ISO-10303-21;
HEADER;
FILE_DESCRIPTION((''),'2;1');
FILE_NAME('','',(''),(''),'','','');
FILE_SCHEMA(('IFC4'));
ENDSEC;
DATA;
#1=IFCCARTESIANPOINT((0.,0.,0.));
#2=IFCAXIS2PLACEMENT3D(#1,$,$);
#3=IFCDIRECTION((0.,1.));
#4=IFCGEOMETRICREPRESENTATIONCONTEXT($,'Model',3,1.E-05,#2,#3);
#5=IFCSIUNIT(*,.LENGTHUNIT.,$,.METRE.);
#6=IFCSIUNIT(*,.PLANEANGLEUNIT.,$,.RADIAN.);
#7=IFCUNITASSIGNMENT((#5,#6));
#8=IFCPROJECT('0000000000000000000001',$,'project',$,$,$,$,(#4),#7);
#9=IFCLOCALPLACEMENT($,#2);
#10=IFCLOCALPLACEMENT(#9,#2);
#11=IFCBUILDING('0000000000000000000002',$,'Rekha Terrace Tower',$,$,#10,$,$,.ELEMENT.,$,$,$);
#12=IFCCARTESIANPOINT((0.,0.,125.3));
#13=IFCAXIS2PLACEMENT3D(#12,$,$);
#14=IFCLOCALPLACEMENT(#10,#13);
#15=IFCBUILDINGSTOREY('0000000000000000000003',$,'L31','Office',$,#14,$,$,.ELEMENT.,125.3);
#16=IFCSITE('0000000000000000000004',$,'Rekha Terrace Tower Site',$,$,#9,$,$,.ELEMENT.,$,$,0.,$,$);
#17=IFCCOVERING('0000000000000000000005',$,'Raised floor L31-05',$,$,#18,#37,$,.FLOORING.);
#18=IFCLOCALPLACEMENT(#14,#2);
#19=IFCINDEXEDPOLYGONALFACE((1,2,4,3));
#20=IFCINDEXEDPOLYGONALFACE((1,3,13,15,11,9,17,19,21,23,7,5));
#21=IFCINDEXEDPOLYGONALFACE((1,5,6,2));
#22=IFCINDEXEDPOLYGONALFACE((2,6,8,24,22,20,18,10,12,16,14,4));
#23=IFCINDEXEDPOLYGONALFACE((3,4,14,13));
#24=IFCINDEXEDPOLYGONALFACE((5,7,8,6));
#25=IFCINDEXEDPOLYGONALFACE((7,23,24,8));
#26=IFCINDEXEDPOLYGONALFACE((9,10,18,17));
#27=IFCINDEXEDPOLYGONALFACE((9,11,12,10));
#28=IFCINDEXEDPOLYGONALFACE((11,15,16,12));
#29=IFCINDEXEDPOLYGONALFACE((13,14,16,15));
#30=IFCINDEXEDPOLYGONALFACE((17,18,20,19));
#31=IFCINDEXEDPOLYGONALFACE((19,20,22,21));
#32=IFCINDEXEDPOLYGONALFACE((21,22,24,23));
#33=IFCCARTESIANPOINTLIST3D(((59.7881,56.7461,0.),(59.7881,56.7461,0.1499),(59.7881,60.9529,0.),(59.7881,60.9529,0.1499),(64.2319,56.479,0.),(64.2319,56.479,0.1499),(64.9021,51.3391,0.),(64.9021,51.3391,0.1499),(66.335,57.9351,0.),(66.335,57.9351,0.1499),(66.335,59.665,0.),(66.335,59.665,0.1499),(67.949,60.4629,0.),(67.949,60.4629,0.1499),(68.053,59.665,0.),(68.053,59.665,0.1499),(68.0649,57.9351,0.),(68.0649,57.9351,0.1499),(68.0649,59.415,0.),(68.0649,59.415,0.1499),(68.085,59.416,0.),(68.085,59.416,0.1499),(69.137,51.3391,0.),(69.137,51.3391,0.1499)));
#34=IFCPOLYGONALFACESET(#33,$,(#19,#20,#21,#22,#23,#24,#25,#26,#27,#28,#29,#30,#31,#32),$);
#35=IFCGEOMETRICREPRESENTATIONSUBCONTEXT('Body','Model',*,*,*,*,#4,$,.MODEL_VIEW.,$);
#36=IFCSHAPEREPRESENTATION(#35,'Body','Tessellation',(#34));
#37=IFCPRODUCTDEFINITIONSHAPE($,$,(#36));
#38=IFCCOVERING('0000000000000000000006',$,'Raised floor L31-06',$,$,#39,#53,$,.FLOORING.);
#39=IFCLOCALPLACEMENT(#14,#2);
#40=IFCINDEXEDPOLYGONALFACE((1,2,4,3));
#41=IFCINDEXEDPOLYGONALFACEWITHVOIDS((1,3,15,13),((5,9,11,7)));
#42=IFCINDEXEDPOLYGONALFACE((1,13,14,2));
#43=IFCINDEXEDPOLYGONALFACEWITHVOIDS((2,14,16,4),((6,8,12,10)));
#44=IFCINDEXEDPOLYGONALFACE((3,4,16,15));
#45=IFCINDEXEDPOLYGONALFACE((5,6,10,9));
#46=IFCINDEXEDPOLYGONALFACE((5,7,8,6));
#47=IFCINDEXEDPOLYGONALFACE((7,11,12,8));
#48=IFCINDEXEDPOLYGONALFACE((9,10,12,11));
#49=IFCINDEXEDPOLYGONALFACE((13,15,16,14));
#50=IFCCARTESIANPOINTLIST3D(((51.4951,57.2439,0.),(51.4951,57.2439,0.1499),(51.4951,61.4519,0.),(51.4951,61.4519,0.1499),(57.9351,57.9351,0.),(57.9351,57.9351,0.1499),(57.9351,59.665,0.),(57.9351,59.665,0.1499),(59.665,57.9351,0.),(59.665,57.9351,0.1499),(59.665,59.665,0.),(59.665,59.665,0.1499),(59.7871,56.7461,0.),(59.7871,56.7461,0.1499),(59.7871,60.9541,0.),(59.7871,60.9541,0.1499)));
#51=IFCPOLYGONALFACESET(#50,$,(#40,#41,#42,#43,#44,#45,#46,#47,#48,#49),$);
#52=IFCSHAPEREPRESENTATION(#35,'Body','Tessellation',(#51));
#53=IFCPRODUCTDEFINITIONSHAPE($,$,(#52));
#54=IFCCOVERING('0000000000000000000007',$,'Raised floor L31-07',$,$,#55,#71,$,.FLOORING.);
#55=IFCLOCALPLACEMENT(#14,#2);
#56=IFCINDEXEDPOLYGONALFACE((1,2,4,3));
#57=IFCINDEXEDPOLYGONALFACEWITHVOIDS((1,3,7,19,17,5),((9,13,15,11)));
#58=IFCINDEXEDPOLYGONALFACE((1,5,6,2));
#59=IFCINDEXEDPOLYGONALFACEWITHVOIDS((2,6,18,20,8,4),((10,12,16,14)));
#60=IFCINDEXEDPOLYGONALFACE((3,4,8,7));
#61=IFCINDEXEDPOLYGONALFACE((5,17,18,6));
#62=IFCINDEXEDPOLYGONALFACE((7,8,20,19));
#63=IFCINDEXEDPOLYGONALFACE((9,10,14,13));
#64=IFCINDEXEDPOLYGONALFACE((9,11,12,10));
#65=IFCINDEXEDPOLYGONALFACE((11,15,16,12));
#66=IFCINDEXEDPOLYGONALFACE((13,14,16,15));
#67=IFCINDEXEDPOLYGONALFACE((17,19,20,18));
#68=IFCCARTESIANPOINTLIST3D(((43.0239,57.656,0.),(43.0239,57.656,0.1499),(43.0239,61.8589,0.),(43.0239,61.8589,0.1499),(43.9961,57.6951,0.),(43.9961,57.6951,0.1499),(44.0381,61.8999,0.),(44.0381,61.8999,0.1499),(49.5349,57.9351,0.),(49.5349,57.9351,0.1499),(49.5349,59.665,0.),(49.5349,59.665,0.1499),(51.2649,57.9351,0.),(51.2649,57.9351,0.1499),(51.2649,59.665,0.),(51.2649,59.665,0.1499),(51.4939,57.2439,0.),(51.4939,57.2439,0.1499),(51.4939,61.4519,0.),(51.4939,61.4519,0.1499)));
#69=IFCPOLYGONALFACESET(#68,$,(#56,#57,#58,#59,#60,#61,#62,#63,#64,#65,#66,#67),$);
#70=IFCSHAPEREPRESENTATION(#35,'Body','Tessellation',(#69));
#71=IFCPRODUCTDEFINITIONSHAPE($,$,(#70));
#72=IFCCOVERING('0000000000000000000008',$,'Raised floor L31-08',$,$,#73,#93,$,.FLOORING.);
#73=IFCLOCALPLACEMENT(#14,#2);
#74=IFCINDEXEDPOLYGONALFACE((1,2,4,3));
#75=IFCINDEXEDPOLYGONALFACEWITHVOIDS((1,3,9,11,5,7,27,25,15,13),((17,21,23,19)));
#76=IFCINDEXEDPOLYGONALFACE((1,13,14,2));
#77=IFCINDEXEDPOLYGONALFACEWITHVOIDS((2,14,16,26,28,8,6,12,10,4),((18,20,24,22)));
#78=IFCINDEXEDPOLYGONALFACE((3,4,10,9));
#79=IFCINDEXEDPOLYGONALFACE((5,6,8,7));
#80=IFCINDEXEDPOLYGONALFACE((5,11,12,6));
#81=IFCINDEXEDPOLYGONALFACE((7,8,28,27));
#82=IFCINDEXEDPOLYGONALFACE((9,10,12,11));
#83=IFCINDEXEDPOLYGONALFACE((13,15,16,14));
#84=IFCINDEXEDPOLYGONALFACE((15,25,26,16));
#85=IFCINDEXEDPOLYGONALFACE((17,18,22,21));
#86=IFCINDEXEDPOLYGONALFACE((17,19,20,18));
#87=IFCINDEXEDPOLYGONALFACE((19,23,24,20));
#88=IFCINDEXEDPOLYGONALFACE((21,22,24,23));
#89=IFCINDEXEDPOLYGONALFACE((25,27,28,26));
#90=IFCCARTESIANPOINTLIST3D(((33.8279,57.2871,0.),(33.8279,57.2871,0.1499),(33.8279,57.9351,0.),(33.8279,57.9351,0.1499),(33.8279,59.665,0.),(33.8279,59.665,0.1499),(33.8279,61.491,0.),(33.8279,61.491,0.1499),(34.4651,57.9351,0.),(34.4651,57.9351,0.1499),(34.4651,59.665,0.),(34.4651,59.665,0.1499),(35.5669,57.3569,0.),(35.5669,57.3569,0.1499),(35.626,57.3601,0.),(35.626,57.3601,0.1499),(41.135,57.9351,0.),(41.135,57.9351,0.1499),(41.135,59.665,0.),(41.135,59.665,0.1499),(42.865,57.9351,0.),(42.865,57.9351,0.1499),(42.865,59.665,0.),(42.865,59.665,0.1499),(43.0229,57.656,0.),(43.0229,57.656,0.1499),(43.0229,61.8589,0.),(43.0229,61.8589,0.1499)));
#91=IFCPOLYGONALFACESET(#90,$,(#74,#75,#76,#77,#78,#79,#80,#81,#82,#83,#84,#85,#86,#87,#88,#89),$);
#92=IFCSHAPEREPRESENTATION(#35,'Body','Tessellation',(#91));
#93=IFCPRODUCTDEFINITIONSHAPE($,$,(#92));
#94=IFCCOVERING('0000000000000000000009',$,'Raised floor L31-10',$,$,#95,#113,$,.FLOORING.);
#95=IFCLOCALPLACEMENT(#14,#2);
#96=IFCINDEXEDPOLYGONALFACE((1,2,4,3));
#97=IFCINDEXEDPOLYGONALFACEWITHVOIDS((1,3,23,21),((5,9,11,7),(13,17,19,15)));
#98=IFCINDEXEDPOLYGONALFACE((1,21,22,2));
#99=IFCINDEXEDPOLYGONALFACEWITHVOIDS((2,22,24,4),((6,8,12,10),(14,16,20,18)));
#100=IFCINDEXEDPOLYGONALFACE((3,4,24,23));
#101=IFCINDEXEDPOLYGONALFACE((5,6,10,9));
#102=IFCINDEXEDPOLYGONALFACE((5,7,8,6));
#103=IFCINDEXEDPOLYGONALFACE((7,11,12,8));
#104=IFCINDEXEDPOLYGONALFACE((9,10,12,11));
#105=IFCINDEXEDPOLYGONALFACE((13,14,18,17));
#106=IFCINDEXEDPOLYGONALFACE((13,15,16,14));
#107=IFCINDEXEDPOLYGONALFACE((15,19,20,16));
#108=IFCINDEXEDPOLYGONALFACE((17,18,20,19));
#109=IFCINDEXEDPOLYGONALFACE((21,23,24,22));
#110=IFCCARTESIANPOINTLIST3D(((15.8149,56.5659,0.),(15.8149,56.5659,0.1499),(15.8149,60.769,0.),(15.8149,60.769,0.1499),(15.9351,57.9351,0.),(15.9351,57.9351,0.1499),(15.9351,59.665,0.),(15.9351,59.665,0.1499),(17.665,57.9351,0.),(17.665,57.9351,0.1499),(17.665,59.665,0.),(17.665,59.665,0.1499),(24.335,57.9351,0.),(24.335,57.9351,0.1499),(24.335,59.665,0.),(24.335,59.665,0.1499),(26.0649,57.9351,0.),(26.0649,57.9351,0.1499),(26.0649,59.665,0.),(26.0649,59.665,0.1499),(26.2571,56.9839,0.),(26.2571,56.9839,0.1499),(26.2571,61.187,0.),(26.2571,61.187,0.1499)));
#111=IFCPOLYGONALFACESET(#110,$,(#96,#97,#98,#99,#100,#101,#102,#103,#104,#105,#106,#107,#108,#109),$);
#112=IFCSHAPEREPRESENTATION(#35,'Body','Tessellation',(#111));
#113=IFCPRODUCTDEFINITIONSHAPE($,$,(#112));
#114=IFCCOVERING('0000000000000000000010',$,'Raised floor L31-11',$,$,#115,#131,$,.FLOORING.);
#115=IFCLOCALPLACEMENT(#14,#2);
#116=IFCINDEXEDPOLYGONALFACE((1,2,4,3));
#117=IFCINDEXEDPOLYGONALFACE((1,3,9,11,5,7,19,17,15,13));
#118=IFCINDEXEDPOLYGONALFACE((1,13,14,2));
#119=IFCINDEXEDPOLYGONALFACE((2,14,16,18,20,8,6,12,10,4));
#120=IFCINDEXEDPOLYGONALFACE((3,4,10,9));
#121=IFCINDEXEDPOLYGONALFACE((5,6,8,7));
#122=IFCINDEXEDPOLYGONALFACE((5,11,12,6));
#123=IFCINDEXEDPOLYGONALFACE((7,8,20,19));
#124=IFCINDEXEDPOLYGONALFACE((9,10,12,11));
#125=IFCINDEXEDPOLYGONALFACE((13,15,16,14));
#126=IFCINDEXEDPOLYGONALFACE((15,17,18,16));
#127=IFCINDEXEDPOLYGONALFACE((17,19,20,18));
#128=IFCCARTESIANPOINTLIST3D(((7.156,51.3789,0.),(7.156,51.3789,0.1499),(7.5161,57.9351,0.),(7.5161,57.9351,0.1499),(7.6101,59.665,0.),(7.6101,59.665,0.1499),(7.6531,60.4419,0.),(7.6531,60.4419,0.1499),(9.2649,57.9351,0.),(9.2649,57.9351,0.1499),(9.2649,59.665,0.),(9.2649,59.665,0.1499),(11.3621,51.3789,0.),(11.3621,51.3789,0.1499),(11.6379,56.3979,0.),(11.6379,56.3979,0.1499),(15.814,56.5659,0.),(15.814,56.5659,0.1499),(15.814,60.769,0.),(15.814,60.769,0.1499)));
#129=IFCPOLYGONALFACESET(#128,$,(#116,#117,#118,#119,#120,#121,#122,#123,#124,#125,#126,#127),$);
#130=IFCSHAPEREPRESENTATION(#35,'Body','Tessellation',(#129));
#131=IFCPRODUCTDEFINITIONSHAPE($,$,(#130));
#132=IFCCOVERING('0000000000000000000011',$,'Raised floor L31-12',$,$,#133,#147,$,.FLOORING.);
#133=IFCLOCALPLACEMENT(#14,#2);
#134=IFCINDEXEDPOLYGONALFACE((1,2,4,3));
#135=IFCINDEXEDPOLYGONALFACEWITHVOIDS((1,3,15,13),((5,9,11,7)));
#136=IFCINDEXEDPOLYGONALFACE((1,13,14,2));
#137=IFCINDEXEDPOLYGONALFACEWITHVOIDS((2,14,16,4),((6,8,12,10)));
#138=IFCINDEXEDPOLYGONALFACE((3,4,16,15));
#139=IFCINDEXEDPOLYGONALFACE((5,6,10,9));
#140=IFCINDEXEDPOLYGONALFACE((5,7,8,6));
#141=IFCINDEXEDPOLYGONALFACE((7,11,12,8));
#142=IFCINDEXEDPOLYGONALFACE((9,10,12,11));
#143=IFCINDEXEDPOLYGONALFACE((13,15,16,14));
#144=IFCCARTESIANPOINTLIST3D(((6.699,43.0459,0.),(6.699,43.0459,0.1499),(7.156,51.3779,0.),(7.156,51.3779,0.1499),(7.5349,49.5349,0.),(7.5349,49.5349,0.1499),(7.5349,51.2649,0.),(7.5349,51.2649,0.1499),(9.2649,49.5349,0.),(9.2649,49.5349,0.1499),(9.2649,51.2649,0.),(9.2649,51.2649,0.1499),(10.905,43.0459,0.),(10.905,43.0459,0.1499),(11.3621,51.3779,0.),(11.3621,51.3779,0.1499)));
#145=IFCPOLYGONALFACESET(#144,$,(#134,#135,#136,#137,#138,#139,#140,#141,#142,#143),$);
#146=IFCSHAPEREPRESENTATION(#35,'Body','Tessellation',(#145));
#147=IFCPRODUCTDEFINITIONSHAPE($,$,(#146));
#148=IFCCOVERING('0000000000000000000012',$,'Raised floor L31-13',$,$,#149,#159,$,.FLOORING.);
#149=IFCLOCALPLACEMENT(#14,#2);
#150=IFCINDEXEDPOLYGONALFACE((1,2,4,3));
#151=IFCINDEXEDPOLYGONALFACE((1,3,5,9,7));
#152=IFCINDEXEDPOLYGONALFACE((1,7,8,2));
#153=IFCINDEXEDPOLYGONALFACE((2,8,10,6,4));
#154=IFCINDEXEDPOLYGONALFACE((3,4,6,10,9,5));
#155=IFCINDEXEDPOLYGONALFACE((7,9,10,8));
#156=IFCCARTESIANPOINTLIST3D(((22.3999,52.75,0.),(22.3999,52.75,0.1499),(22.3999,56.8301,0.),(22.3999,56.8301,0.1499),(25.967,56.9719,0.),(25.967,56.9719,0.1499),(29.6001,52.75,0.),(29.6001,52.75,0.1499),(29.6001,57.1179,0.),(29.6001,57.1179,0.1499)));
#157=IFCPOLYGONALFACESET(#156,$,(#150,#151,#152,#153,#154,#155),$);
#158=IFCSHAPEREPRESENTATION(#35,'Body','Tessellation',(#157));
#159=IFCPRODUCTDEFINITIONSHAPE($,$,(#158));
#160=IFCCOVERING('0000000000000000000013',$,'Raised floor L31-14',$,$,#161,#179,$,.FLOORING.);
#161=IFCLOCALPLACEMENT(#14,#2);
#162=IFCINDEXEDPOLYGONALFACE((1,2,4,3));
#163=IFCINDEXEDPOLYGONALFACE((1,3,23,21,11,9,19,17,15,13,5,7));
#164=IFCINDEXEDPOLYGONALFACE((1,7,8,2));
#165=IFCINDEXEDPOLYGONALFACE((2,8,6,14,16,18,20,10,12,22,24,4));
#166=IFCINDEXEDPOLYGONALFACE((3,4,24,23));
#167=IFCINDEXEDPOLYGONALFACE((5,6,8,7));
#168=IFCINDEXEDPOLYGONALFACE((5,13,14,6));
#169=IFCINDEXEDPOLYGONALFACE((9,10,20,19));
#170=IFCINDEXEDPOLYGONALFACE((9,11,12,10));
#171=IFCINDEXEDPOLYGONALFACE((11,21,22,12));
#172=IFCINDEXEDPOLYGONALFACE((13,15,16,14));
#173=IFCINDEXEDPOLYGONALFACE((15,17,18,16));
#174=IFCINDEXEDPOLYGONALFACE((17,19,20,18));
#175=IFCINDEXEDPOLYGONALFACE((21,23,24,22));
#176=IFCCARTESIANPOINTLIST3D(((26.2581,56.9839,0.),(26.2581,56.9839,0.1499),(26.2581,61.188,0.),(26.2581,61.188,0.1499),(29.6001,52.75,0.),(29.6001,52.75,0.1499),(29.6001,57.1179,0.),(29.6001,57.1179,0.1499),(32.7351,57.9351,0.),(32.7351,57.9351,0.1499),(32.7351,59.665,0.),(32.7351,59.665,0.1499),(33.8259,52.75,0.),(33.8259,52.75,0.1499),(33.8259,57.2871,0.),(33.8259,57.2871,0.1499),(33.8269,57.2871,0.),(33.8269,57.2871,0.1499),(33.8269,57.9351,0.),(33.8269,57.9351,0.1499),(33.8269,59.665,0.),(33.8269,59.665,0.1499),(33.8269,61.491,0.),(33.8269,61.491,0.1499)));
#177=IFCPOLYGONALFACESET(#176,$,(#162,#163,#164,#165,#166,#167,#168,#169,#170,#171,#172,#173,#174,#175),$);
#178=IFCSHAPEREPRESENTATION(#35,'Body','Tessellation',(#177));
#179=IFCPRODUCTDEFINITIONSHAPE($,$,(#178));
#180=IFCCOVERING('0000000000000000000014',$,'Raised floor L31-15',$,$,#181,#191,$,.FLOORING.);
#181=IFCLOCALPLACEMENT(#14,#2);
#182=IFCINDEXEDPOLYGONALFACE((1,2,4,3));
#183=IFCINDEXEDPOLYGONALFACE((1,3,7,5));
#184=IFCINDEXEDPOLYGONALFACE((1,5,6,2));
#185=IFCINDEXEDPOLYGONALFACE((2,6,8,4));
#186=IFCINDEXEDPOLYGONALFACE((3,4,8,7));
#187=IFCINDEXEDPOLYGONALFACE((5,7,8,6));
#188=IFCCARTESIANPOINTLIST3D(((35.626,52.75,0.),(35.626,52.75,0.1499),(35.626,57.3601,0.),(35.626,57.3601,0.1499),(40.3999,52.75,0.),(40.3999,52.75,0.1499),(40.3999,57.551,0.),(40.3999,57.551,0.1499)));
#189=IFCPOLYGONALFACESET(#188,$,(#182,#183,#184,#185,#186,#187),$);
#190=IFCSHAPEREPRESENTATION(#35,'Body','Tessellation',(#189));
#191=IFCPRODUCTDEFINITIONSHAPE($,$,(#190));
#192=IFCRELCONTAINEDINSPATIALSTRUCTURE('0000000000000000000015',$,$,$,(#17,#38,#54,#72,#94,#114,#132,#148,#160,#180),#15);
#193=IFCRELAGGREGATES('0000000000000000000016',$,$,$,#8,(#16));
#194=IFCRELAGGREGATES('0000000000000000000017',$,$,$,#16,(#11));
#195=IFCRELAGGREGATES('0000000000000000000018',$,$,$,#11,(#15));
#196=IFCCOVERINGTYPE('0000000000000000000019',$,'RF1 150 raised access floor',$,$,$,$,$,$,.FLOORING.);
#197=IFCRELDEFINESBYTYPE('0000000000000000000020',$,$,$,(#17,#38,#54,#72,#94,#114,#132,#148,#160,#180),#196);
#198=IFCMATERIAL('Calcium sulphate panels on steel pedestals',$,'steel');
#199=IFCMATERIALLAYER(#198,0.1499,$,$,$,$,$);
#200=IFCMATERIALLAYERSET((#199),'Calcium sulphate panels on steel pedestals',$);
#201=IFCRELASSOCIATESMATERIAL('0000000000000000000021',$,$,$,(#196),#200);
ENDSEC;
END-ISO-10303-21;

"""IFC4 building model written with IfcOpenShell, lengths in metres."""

from ifc_helpers import new_model, si_unit, direction, frame, origin, place, context, subcontext, project, spatial, polyline, outline, extrude, material, layer, layer_set, type_object, element, save


model = new_model("IFC4")

# Units and contexts
model_context = context("Model", 3, precision=1e-05, world=origin(), true_north=direction((0.0, 1.0)))
body_context = subcontext(model_context, "Body", "Model", "MODEL_VIEW")
ifc_project = project(units=[si_unit("LENGTHUNIT", "METRE"), si_unit("PLANEANGLEUNIT", "RADIAN")], contexts=[model_context])

# Site, building, storey
site_placement = place(None, origin())
site = spatial("IfcSite", under=ifc_project, at=site_placement, Name="Rekha Terrace Tower Site", CompositionType="ELEMENT", RefElevation=0.0)
building_placement = place(site_placement, origin())
building = spatial("IfcBuilding", under=site, at=building_placement, Name="Rekha Terrace Tower", CompositionType="ELEMENT")
storey_placement = place(building_placement, frame((0.0, 0.0, 125.3)))
storey = spatial("IfcBuildingStorey", under=building, at=storey_placement, Name="L31", Description="Office", CompositionType="ELEMENT", Elevation=125.3)

# Coverings
ifc_material_1 = material(Name="Calcium sulphate panels on steel pedestals", Category="steel")
ifc_layer_1 = layer(ifc_material_1, 0.1499)
ifc_layer_set_1 = layer_set([ifc_layer_1], Name="Calcium sulphate panels on steel pedestals")
covering_type_1 = type_object("IfcCoveringType", Name="RF1 150 raised access floor", PredefinedType="FLOORING", material=ifc_layer_set_1)
covering_1_placement = place(storey_placement, origin())
element("IfcCovering", 1, at=covering_1_placement, inside=storey, type_object=covering_type_1, Name="Raised floor L31-05", PredefinedType="FLOORING", context=body_context, shape_type="SweptSolid", body=[
    extrude(outline(polyline([(67.949, 60.4629), (59.7881, 60.9529), (59.7881, 56.7461), (64.2319, 56.479), (64.9021, 51.3391), (69.137, 51.3391), (68.085, 59.416), (68.0649, 59.415), (68.0649, 57.9351), (66.335, 57.9351), (66.335, 59.665), (68.053, 59.665), (67.949, 60.4629)])), origin(), (0.0, 0.0, 1.0), 0.1499),
])
covering_2_placement = place(storey_placement, origin())
element("IfcCovering", 2, at=covering_2_placement, inside=storey, type_object=covering_type_1, Name="Raised floor L31-06", PredefinedType="FLOORING", context=body_context, shape_type="SweptSolid", body=[
    extrude(outline(polyline([(59.7871, 56.7461), (59.7871, 60.9541), (51.4951, 61.4519), (51.4951, 57.2439), (59.7871, 56.7461)]), holes=[polyline([(59.665, 57.9351), (57.9351, 57.9351), (57.9351, 59.665), (59.665, 59.665), (59.665, 57.9351)])]), origin(), (0.0, 0.0, 1.0), 0.1499),
])
covering_3_placement = place(storey_placement, origin())
element("IfcCovering", 3, at=covering_3_placement, inside=storey, type_object=covering_type_1, Name="Raised floor L31-07", PredefinedType="FLOORING", context=body_context, shape_type="SweptSolid", body=[
    extrude(outline(polyline([(44.0381, 61.8999), (43.0239, 61.8589), (43.0239, 57.656), (43.9961, 57.6951), (51.4939, 57.2439), (51.4939, 61.4519), (44.0381, 61.8999)]), holes=[polyline([(51.2649, 57.9351), (49.5349, 57.9351), (49.5349, 59.665), (51.2649, 59.665), (51.2649, 57.9351)])]), origin(), (0.0, 0.0, 1.0), 0.1499),
])
covering_4_placement = place(storey_placement, origin())
element("IfcCovering", 4, at=covering_4_placement, inside=storey, type_object=covering_type_1, Name="Raised floor L31-08", PredefinedType="FLOORING", context=body_context, shape_type="SweptSolid", body=[
    extrude(outline(polyline([(33.8279, 57.9351), (33.8279, 57.2871), (35.5669, 57.3569), (35.626, 57.3601), (43.0229, 57.656), (43.0229, 61.8589), (33.8279, 61.491), (33.8279, 59.665), (34.4651, 59.665), (34.4651, 57.9351), (33.8279, 57.9351)]), holes=[polyline([(42.865, 57.9351), (41.135, 57.9351), (41.135, 59.665), (42.865, 59.665), (42.865, 57.9351)])]), origin(), (0.0, 0.0, 1.0), 0.1499),
])
covering_5_placement = place(storey_placement, origin())
element("IfcCovering", 5, at=covering_5_placement, inside=storey, type_object=covering_type_1, Name="Raised floor L31-10", PredefinedType="FLOORING", context=body_context, shape_type="SweptSolid", body=[
    extrude(outline(polyline([(26.2571, 56.9839), (26.2571, 61.187), (15.8149, 60.769), (15.8149, 56.5659), (26.2571, 56.9839)]), holes=[polyline([(26.0649, 57.9351), (24.335, 57.9351), (24.335, 59.665), (26.0649, 59.665), (26.0649, 57.9351)]), polyline([(17.665, 57.9351), (15.9351, 57.9351), (15.9351, 59.665), (17.665, 59.665), (17.665, 57.9351)])]), origin(), (0.0, 0.0, 1.0), 0.1499),
])
covering_6_placement = place(storey_placement, origin())
element("IfcCovering", 6, at=covering_6_placement, inside=storey, type_object=covering_type_1, Name="Raised floor L31-11", PredefinedType="FLOORING", context=body_context, shape_type="SweptSolid", body=[
    extrude(outline(polyline([(7.5161, 57.9351), (7.156, 51.3789), (11.3621, 51.3789), (11.6379, 56.3979), (15.814, 56.5659), (15.814, 60.769), (7.6531, 60.4419), (7.6101, 59.665), (9.2649, 59.665), (9.2649, 57.9351), (7.5161, 57.9351)])), origin(), (0.0, 0.0, 1.0), 0.1499),
])
covering_7_placement = place(storey_placement, origin())
element("IfcCovering", 7, at=covering_7_placement, inside=storey, type_object=covering_type_1, Name="Raised floor L31-12", PredefinedType="FLOORING", context=body_context, shape_type="SweptSolid", body=[
    extrude(outline(polyline([(11.3621, 51.3779), (7.156, 51.3779), (6.699, 43.0459), (10.905, 43.0459), (11.3621, 51.3779)]), holes=[polyline([(9.2649, 51.2649), (9.2649, 49.5349), (7.5349, 49.5349), (7.5349, 51.2649), (9.2649, 51.2649)])]), origin(), (0.0, 0.0, 1.0), 0.1499),
])
covering_8_placement = place(storey_placement, origin())
element("IfcCovering", 8, at=covering_8_placement, inside=storey, type_object=covering_type_1, Name="Raised floor L31-13", PredefinedType="FLOORING", context=body_context, shape_type="SweptSolid", body=[
    extrude(outline(polyline([(22.3999, 52.75), (29.6001, 52.75), (29.6001, 57.1179), (25.967, 56.9719), (22.3999, 56.8301), (22.3999, 52.75)])), origin(), (0.0, 0.0, 1.0), 0.1499),
])
covering_9_placement = place(storey_placement, origin())
element("IfcCovering", 9, at=covering_9_placement, inside=storey, type_object=covering_type_1, Name="Raised floor L31-14", PredefinedType="FLOORING", context=body_context, shape_type="SweptSolid", body=[
    extrude(outline(polyline([(29.6001, 52.75), (33.8259, 52.75), (33.8259, 57.2871), (33.8269, 57.2871), (33.8269, 57.9351), (32.7351, 57.9351), (32.7351, 59.665), (33.8269, 59.665), (33.8269, 61.491), (26.2581, 61.188), (26.2581, 56.9839), (29.6001, 57.1179), (29.6001, 52.75)])), origin(), (0.0, 0.0, 1.0), 0.1499),
])
covering_10_placement = place(storey_placement, origin())
element("IfcCovering", 10, at=covering_10_placement, inside=storey, type_object=covering_type_1, Name="Raised floor L31-15", PredefinedType="FLOORING", context=body_context, shape_type="SweptSolid", body=[
    extrude(outline(polyline([(40.3999, 52.75), (40.3999, 57.551), (35.626, 57.3601), (35.626, 52.75), (40.3999, 52.75)])), origin(), (0.0, 0.0, 1.0), 0.1499),
])

save(model, "model.ifc")
